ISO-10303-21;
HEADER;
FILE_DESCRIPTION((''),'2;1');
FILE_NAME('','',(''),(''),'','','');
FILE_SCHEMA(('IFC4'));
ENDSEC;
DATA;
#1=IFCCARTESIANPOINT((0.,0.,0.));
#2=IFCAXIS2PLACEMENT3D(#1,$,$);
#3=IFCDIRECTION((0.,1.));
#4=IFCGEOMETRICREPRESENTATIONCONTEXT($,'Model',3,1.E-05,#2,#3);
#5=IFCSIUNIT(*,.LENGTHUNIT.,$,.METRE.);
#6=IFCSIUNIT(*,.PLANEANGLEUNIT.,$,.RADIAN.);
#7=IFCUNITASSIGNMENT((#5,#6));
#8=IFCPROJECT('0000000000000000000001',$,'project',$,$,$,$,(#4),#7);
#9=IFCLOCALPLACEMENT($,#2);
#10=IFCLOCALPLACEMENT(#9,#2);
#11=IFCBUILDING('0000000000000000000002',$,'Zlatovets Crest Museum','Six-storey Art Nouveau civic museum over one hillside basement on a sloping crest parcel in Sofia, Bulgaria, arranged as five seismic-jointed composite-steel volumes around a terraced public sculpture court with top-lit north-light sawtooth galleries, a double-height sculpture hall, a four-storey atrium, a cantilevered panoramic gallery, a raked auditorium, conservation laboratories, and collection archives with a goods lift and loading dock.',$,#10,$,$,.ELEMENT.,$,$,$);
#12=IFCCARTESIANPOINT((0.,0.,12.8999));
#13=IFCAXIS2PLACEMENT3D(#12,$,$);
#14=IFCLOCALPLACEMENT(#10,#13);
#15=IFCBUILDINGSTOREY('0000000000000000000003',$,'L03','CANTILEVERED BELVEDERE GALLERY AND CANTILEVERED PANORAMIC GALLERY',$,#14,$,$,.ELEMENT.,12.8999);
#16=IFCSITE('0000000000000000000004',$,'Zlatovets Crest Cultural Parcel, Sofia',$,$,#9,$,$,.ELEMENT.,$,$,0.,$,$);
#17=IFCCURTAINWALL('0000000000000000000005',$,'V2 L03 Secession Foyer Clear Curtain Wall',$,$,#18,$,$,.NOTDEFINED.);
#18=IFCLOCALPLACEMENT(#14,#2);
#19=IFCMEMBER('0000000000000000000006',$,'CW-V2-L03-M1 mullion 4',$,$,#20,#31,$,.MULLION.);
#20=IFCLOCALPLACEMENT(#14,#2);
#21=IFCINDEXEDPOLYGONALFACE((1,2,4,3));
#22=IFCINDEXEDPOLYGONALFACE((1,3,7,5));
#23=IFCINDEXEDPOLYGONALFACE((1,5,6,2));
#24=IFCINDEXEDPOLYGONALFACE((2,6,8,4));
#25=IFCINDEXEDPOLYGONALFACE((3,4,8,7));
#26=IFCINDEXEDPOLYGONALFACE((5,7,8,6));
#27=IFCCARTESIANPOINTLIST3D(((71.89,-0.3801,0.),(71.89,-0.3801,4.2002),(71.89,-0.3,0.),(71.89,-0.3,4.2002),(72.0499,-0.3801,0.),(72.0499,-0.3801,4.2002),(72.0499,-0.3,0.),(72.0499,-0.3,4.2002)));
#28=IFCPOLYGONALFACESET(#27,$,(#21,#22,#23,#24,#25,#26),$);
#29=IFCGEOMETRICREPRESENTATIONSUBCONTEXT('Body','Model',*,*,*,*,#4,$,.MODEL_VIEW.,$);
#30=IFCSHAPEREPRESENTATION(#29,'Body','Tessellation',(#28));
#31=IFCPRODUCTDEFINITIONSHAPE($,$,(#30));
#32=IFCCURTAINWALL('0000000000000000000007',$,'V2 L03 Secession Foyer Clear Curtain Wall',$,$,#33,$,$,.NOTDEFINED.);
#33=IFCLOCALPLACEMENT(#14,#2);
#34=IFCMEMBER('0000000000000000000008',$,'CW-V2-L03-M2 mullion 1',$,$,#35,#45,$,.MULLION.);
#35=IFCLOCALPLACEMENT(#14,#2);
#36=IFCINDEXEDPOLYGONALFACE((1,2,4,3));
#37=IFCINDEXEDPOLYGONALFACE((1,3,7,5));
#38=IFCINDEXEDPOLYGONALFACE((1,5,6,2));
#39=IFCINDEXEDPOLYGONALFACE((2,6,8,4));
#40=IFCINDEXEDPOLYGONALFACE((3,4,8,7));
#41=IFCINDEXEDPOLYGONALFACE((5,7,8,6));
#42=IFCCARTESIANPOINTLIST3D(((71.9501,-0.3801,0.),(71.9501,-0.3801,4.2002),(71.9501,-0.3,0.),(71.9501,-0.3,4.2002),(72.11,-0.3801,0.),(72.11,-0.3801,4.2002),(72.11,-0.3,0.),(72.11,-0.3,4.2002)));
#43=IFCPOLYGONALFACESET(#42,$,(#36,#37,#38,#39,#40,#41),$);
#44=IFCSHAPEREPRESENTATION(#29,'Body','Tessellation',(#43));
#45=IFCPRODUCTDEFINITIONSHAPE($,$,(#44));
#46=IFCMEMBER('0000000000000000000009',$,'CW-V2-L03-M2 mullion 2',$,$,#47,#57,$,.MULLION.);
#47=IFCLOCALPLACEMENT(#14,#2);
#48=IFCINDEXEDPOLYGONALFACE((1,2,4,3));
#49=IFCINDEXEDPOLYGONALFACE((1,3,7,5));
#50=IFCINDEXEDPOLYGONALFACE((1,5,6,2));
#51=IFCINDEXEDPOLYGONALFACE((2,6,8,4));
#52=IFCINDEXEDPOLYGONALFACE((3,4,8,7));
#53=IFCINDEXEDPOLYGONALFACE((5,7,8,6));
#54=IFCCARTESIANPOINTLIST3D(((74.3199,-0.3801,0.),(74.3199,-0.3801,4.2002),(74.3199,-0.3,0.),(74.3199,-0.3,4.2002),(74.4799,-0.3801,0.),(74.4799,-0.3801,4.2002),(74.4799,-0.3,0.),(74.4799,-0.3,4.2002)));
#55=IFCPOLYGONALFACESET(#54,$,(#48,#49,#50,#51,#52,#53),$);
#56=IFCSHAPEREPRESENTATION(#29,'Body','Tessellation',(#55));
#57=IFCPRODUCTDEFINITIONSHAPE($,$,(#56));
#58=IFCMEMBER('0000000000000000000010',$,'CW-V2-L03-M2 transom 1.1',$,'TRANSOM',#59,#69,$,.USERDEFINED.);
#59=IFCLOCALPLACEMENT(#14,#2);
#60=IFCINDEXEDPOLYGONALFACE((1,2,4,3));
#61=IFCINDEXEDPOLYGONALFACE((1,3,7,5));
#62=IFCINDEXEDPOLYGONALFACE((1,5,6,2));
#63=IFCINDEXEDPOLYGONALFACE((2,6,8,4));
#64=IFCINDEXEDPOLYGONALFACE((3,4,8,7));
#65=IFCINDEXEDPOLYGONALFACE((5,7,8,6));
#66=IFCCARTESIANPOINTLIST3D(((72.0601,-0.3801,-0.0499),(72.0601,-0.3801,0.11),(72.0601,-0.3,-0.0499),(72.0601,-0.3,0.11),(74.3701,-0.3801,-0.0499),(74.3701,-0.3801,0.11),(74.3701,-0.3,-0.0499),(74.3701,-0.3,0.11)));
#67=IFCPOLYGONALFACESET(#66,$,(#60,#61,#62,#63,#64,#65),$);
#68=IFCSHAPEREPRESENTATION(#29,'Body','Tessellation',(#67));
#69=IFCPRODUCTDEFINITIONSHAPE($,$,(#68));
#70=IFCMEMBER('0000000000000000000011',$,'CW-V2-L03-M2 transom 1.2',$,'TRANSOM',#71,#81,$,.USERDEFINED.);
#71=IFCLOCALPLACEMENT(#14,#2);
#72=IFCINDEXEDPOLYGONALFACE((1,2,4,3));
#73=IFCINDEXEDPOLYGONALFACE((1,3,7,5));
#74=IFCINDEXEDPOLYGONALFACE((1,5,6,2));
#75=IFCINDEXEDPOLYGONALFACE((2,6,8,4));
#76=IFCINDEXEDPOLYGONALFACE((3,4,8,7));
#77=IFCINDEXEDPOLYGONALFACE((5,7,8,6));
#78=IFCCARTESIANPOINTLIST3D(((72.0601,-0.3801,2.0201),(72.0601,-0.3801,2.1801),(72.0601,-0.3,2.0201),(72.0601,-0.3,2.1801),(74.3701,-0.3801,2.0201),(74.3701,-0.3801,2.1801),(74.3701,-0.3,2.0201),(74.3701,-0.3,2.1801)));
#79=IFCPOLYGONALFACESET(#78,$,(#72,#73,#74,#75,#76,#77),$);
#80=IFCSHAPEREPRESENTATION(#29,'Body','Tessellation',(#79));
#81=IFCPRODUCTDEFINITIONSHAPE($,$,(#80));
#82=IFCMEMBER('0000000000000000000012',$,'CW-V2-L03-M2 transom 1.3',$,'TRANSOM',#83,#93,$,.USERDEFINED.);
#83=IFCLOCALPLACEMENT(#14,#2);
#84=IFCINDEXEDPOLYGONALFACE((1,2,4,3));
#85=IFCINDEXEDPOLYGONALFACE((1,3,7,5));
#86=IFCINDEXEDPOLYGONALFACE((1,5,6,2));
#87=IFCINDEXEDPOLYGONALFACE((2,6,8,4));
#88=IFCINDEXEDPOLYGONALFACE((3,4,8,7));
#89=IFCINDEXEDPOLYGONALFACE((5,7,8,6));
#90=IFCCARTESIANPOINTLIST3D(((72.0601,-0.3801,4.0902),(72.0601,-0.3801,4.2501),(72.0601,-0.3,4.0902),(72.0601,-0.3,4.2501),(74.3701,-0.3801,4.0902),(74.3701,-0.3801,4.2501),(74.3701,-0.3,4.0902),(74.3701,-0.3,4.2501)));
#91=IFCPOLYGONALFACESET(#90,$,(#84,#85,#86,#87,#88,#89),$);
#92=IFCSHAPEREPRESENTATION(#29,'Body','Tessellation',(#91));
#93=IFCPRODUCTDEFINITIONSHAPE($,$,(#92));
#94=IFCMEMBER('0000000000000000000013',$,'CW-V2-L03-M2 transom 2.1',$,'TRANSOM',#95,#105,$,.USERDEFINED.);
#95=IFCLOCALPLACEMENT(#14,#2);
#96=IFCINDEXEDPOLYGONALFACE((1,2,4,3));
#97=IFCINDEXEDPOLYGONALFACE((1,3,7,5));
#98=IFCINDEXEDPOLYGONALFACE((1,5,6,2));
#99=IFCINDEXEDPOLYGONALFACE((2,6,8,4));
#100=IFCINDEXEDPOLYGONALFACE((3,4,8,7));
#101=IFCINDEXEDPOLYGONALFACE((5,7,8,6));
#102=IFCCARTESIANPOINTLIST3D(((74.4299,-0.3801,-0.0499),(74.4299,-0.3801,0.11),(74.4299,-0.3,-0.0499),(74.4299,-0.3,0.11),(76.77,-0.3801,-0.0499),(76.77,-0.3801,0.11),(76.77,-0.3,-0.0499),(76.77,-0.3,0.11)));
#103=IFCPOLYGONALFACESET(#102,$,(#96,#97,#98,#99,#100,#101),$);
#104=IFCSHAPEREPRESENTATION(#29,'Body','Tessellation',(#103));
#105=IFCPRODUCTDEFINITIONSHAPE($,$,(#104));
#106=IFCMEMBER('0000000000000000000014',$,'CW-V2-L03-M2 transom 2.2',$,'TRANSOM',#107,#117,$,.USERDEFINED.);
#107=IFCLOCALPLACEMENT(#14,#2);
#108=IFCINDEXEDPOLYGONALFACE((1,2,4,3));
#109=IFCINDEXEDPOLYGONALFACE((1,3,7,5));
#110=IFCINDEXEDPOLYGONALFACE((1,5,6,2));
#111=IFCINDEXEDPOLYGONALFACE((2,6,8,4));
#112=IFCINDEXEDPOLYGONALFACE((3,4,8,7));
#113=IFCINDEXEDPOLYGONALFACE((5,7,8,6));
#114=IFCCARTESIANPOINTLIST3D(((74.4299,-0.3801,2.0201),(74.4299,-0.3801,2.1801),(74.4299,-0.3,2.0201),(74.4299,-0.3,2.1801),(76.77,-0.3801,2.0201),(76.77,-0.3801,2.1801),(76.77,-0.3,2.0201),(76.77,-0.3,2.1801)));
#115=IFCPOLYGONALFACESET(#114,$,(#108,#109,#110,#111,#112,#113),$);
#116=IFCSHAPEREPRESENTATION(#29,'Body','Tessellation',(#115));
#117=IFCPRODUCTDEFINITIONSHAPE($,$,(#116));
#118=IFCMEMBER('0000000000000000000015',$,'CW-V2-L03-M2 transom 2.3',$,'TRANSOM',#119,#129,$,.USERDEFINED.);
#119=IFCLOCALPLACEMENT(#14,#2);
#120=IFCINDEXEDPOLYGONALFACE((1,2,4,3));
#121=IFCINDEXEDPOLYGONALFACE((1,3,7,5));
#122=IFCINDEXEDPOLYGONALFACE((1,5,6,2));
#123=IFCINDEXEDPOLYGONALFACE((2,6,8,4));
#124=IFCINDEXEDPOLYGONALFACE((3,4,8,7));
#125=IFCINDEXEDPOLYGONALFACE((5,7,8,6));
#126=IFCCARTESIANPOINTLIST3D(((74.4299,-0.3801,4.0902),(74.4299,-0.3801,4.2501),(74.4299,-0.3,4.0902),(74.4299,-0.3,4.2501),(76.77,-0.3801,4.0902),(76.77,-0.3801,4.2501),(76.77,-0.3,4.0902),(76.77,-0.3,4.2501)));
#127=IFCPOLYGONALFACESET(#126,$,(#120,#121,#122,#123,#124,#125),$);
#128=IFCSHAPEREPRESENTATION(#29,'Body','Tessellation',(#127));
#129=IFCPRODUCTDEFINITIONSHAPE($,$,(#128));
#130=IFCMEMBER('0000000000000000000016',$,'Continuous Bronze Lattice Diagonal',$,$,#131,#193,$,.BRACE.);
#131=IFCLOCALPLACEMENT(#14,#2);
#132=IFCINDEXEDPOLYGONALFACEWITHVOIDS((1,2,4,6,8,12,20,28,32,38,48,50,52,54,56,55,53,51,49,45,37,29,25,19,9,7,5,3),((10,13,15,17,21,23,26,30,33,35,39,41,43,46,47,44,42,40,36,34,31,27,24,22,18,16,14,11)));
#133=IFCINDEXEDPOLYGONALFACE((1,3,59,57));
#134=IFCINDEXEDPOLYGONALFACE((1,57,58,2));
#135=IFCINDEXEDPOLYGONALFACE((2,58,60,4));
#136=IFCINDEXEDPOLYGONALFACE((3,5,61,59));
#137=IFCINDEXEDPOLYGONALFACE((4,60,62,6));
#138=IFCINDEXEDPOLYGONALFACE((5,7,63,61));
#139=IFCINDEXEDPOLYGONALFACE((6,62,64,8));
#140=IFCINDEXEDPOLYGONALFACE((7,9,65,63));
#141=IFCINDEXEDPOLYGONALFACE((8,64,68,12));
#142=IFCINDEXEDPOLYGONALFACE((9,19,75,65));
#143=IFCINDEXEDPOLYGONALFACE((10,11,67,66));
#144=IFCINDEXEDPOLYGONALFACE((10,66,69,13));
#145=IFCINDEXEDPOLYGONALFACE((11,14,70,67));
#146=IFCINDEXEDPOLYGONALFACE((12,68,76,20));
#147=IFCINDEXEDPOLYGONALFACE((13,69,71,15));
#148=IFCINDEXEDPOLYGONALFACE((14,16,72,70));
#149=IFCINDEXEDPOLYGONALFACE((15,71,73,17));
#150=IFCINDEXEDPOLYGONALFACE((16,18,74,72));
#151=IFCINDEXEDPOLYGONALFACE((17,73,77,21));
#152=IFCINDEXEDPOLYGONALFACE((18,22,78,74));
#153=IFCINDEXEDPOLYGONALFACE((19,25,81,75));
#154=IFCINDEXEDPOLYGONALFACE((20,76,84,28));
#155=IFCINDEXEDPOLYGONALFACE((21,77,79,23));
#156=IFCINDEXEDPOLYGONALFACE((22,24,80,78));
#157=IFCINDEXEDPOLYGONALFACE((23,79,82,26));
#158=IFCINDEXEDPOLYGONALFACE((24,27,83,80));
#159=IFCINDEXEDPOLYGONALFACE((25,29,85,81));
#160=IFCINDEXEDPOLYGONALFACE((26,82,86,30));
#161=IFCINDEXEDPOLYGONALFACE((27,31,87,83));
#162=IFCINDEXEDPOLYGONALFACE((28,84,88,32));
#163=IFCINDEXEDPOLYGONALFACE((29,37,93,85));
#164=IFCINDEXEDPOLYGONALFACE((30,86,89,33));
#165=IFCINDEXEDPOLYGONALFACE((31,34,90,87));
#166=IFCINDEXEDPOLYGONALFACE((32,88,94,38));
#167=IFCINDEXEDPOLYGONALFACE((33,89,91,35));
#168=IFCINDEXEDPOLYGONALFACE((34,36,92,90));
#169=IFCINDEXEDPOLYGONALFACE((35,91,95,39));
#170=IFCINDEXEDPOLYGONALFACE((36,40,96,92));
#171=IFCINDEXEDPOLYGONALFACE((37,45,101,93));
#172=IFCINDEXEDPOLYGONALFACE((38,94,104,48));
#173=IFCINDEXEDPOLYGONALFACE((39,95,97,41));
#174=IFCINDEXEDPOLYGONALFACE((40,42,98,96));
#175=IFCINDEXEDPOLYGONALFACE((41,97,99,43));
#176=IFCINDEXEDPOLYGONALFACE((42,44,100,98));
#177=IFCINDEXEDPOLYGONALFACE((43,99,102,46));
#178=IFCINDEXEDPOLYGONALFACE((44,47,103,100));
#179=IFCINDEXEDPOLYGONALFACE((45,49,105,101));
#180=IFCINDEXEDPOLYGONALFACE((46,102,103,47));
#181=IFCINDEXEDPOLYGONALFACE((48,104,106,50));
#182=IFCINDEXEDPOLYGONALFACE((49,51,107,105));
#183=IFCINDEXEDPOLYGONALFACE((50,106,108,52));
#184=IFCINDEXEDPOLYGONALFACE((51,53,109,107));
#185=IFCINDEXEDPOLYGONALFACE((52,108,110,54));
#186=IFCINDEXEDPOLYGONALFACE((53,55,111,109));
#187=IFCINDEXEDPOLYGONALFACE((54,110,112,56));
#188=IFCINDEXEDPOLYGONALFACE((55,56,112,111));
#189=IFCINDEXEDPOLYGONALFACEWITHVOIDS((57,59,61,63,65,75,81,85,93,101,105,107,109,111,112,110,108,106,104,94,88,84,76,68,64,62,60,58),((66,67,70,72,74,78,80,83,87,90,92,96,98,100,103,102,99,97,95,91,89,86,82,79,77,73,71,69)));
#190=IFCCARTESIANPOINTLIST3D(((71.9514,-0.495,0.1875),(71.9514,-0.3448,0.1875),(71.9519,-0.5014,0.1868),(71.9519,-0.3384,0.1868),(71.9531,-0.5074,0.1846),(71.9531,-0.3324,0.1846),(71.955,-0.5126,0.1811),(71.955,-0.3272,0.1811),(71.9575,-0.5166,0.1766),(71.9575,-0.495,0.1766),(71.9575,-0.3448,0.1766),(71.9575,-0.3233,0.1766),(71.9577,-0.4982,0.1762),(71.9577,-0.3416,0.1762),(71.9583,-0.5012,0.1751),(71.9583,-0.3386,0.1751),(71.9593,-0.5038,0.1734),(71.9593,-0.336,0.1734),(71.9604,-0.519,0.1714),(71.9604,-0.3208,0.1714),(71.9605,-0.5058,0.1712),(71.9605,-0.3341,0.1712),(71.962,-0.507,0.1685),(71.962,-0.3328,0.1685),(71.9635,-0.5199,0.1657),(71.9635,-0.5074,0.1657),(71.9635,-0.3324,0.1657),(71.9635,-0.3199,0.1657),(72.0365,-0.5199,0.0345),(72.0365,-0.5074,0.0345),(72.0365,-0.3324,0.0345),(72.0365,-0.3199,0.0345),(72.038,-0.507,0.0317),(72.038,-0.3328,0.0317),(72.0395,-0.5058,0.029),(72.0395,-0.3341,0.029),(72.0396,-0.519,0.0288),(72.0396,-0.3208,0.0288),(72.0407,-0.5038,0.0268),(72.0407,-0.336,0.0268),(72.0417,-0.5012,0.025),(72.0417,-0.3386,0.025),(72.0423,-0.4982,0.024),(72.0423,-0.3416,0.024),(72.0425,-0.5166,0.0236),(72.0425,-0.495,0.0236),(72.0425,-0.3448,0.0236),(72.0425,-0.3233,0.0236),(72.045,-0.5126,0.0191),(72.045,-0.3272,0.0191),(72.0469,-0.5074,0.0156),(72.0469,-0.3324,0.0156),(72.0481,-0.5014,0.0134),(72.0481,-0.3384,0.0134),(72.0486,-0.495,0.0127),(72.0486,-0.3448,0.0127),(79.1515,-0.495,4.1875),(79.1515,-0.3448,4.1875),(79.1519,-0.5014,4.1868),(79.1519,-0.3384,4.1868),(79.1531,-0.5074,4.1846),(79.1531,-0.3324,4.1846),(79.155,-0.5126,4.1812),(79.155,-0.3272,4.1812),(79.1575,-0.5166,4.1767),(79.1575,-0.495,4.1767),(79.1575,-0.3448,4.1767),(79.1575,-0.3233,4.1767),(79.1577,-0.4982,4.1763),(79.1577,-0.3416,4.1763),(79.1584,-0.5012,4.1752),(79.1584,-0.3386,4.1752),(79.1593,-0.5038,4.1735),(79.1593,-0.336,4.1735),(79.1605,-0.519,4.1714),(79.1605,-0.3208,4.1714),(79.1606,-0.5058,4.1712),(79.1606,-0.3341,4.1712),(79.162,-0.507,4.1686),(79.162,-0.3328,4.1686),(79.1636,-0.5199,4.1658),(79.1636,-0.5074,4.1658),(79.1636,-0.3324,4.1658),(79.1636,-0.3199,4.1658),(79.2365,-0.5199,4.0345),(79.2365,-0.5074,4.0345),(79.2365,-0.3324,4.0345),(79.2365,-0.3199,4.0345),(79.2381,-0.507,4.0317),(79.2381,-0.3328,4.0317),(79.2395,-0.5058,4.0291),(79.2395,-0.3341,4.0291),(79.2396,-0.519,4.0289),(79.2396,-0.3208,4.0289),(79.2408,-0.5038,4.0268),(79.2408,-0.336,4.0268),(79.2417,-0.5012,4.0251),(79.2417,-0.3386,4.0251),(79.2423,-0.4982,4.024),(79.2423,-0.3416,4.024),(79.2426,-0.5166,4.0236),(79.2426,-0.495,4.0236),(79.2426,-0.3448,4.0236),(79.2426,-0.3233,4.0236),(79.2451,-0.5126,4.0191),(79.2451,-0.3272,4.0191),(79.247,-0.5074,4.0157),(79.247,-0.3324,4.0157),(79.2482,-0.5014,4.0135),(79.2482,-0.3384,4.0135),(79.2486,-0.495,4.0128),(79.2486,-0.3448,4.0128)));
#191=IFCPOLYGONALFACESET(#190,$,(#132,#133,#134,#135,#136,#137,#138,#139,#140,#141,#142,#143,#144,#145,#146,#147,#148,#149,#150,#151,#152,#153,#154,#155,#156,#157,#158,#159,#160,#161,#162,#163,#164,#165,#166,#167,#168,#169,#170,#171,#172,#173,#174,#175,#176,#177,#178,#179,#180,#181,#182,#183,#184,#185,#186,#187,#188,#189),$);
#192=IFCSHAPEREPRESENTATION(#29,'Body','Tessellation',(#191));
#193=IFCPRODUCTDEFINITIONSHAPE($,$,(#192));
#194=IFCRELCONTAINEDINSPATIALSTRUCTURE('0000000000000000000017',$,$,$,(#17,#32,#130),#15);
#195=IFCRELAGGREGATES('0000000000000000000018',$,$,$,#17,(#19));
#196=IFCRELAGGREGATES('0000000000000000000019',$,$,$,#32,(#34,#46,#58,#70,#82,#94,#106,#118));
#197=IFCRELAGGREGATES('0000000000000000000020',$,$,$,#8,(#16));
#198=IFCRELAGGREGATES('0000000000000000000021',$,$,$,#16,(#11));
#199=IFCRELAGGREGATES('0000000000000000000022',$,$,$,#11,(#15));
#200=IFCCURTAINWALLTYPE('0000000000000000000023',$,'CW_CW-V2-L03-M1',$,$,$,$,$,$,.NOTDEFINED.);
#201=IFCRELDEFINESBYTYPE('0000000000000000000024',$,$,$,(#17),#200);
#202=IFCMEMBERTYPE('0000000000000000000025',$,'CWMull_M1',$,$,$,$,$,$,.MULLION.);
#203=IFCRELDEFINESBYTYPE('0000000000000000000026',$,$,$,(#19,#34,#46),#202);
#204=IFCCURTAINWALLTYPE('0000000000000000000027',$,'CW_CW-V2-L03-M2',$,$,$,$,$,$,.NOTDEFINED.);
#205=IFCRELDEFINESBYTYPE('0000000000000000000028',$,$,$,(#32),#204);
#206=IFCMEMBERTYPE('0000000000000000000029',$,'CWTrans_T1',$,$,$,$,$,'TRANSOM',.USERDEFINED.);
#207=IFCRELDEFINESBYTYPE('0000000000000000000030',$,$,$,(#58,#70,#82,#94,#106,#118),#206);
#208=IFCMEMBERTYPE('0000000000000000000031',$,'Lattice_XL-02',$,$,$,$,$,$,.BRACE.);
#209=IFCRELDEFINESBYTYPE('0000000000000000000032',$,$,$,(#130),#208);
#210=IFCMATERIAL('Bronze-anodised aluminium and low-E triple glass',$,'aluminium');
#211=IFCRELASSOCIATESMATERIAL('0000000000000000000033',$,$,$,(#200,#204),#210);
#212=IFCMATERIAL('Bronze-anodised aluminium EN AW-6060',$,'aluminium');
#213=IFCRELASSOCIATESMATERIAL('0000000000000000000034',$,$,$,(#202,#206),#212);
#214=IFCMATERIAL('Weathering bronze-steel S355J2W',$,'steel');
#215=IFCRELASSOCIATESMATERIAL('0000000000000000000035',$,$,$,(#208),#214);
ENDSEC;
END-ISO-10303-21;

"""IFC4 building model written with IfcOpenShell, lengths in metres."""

from ifc_helpers import new_model, si_unit, direction, frame, origin, origin_2d, place, context, subcontext, project, spatial, rectangle, hollow_rectangle, extrude, material, material_profile, profile_set, type_object, element, aggregate, save


model = new_model("IFC4")

# Units and contexts
model_context = context("Model", 3, precision=1e-05, world=origin(), true_north=direction((0.0, 1.0)))
body_context = subcontext(model_context, "Body", "Model", "MODEL_VIEW")
ifc_project = project(units=[si_unit("LENGTHUNIT", "METRE"), si_unit("PLANEANGLEUNIT", "RADIAN")], contexts=[model_context])

# Site, building, storey
site_placement = place(None, origin())
site = spatial("IfcSite", under=ifc_project, at=site_placement, Name="Zlatovets Crest Cultural Parcel, Sofia", CompositionType="ELEMENT", RefElevation=0.0)
building_placement = place(site_placement, origin())
building = spatial("IfcBuilding", under=site, at=building_placement, Name="Zlatovets Crest Museum", Description="Six-storey Art Nouveau civic museum over one hillside basement on a sloping crest parcel in Sofia, Bulgaria, arranged as five seismic-jointed composite-steel volumes around a terraced public sculpture court with top-lit north-light sawtooth galleries, a double-height sculpture hall, a four-storey atrium, a cantilevered panoramic gallery, a raked auditorium, conservation laboratories, and collection archives with a goods lift and loading dock.", CompositionType="ELEMENT")
storey_placement = place(building_placement, frame((0.0, 0.0, 12.8999)))
storey = spatial("IfcBuildingStorey", under=building, at=storey_placement, Name="L03", Description="CANTILEVERED BELVEDERE GALLERY AND CANTILEVERED PANORAMIC GALLERY", CompositionType="ELEMENT", Elevation=12.8999)

# Curtain wall, member
ifc_material_1 = material(Name="Bronze-anodised aluminium and low-E triple glass", Category="aluminium")
curtain_wall_type_1 = type_object("IfcCurtainWallType", Name="CW_CW-V2-L03-M1", PredefinedType="NOTDEFINED", material=ifc_material_1)
curtain_wall_1_placement = place(storey_placement, origin())
curtain_wall_1 = element("IfcCurtainWall", 1, at=curtain_wall_1_placement, inside=storey, type_object=curtain_wall_type_1, Name="V2 L03 Secession Foyer Clear Curtain Wall", PredefinedType="NOTDEFINED")
ifc_material_2 = material(Name="Bronze-anodised aluminium EN AW-6060", Category="aluminium")
ifc_material_profile_1 = material_profile(ifc_material_2, rectangle(XDim=0.0801, YDim=0.1599, at=origin_2d()), Name="ALU 80x160")
ifc_profile_set_1 = profile_set([ifc_material_profile_1], Name="Bronze-anodised aluminium EN AW-6060")
member_type_1 = type_object("IfcMemberType", Name="CWMull_M1", PredefinedType="MULLION", material=ifc_profile_set_1)
member_1_placement = place(storey_placement, frame((71.97, -0.3401, 0.0), z_axis=(0.0, 0.0, 1.0), x_axis=(0.0, 1.0, 0.0)))
member_1 = element("IfcMember", 2, at=member_1_placement, type_object=member_type_1, Name="CW-V2-L03-M1 mullion 4", PredefinedType="MULLION", context=body_context, shape_type="SweptSolid", body=[
    extrude(rectangle(XDim=0.0801, YDim=0.1599, at=origin_2d()), origin(), (0.0, 0.0, 1.0), 4.2002),
])
aggregate(curtain_wall_1, [member_1])

# Curtain wall, members
curtain_wall_type_2 = type_object("IfcCurtainWallType", Name="CW_CW-V2-L03-M2", PredefinedType="NOTDEFINED", material=ifc_material_1)
curtain_wall_2_placement = place(storey_placement, origin())
curtain_wall_2 = element("IfcCurtainWall", 3, at=curtain_wall_2_placement, inside=storey, type_object=curtain_wall_type_2, Name="V2 L03 Secession Foyer Clear Curtain Wall", PredefinedType="NOTDEFINED")
member_2_placement = place(storey_placement, frame((72.03, -0.3401, 0.0), z_axis=(0.0, 0.0, 1.0), x_axis=(0.0, 1.0, 0.0)))
member_2 = element("IfcMember", 4, at=member_2_placement, type_object=member_type_1, Name="CW-V2-L03-M2 mullion 1", PredefinedType="MULLION", context=body_context, shape_type="SweptSolid", body=[
    extrude(rectangle(XDim=0.0801, YDim=0.1599, at=origin_2d()), origin(), (0.0, 0.0, 1.0), 4.2002),
])
member_3_placement = place(storey_placement, frame((74.3999, -0.3401, 0.0), z_axis=(0.0, 0.0, 1.0), x_axis=(0.0, 1.0, 0.0)))
member_3 = element("IfcMember", 5, at=member_3_placement, type_object=member_type_1, Name="CW-V2-L03-M2 mullion 2", PredefinedType="MULLION", context=body_context, shape_type="SweptSolid", body=[
    extrude(rectangle(XDim=0.0801, YDim=0.1599, at=origin_2d()), origin(), (0.0, 0.0, 1.0), 4.2002),
])
ifc_material_profile_2 = material_profile(ifc_material_2, rectangle(XDim=0.0801, YDim=0.1599, at=origin_2d()), Name="ALU 80x160")
ifc_profile_set_2 = profile_set([ifc_material_profile_2], Name="Bronze-anodised aluminium EN AW-6060")
member_type_2 = type_object("IfcMemberType", Name="CWTrans_T1", ElementType="TRANSOM", PredefinedType="USERDEFINED", material=ifc_profile_set_2)
member_4_placement = place(storey_placement, frame((72.0601, -0.3401, 0.03), z_axis=(1.0, 0.0, 0.0), x_axis=(0.0, 1.0, 0.0)))
member_4 = element("IfcMember", 6, at=member_4_placement, type_object=member_type_2, Name="CW-V2-L03-M2 transom 1.1", ObjectType="TRANSOM", PredefinedType="USERDEFINED", context=body_context, shape_type="SweptSolid", body=[
    extrude(rectangle(XDim=0.0801, YDim=0.1599, at=origin_2d()), origin(), (0.0, 0.0, 1.0), 2.3101),
])
member_5_placement = place(storey_placement, frame((72.0601, -0.3401, 2.1001), z_axis=(1.0, 0.0, 0.0), x_axis=(0.0, 1.0, 0.0)))
member_5 = element("IfcMember", 7, at=member_5_placement, type_object=member_type_2, Name="CW-V2-L03-M2 transom 1.2", ObjectType="TRANSOM", PredefinedType="USERDEFINED", context=body_context, shape_type="SweptSolid", body=[
    extrude(rectangle(XDim=0.0801, YDim=0.1599, at=origin_2d()), origin(), (0.0, 0.0, 1.0), 2.3101),
])
member_6_placement = place(storey_placement, frame((72.0601, -0.3401, 4.1702), z_axis=(1.0, 0.0, 0.0), x_axis=(0.0, 1.0, 0.0)))
member_6 = element("IfcMember", 8, at=member_6_placement, type_object=member_type_2, Name="CW-V2-L03-M2 transom 1.3", ObjectType="TRANSOM", PredefinedType="USERDEFINED", context=body_context, shape_type="SweptSolid", body=[
    extrude(rectangle(XDim=0.0801, YDim=0.1599, at=origin_2d()), origin(), (0.0, 0.0, 1.0), 2.3101),
])
member_7_placement = place(storey_placement, frame((74.4299, -0.3401, 0.03), z_axis=(1.0, 0.0, 0.0), x_axis=(0.0, 1.0, 0.0)))
member_7 = element("IfcMember", 9, at=member_7_placement, type_object=member_type_2, Name="CW-V2-L03-M2 transom 2.1", ObjectType="TRANSOM", PredefinedType="USERDEFINED", context=body_context, shape_type="SweptSolid", body=[
    extrude(rectangle(XDim=0.0801, YDim=0.1599, at=origin_2d()), origin(), (0.0, 0.0, 1.0), 2.3401),
])
member_8_placement = place(storey_placement, frame((74.4299, -0.3401, 2.1001), z_axis=(1.0, 0.0, 0.0), x_axis=(0.0, 1.0, 0.0)))
member_8 = element("IfcMember", 10, at=member_8_placement, type_object=member_type_2, Name="CW-V2-L03-M2 transom 2.2", ObjectType="TRANSOM", PredefinedType="USERDEFINED", context=body_context, shape_type="SweptSolid", body=[
    extrude(rectangle(XDim=0.0801, YDim=0.1599, at=origin_2d()), origin(), (0.0, 0.0, 1.0), 2.3401),
])
member_9_placement = place(storey_placement, frame((74.4299, -0.3401, 4.1702), z_axis=(1.0, 0.0, 0.0), x_axis=(0.0, 1.0, 0.0)))
member_9 = element("IfcMember", 11, at=member_9_placement, type_object=member_type_2, Name="CW-V2-L03-M2 transom 2.3", ObjectType="TRANSOM", PredefinedType="USERDEFINED", context=body_context, shape_type="SweptSolid", body=[
    extrude(rectangle(XDim=0.0801, YDim=0.1599, at=origin_2d()), origin(), (0.0, 0.0, 1.0), 2.3401),
])

# Member
ifc_material_3 = material(Name="Weathering bronze-steel S355J2W", Category="steel")
ifc_material_profile_3 = material_profile(ifc_material_3, hollow_rectangle(XDim=0.2, YDim=0.2, WallThickness=0.0125, InnerFilletRadius=0.0125, OuterFilletRadius=0.0249, at=origin_2d()), Name="SHS 200x200x12.5")
ifc_profile_set_3 = profile_set([ifc_material_profile_3], Name="Weathering bronze-steel S355J2W")
member_type_3 = type_object("IfcMemberType", Name="Lattice_XL-02", PredefinedType="BRACE", material=ifc_profile_set_3)
member_10_placement = place(storey_placement, frame((72.0, -0.4199, 0.1001), z_axis=(0.874156, 0.0, 0.485645), x_axis=(0.0, 1.0, 0.0)))
element("IfcMember", 12, at=member_10_placement, inside=storey, type_object=member_type_3, Name="Continuous Bronze Lattice Diagonal", PredefinedType="BRACE", context=body_context, shape_type="SweptSolid", body=[
    extrude(hollow_rectangle(XDim=0.2, YDim=0.2, WallThickness=0.0125, InnerFilletRadius=0.0125, OuterFilletRadius=0.0249, at=origin_2d()), origin(), (0.0, 0.0, 1.0), 8.2366),
])

aggregate(curtain_wall_2, [member_2, member_3, member_4, member_5, member_6, member_7, member_8, member_9])

save(model, "model.ifc")
